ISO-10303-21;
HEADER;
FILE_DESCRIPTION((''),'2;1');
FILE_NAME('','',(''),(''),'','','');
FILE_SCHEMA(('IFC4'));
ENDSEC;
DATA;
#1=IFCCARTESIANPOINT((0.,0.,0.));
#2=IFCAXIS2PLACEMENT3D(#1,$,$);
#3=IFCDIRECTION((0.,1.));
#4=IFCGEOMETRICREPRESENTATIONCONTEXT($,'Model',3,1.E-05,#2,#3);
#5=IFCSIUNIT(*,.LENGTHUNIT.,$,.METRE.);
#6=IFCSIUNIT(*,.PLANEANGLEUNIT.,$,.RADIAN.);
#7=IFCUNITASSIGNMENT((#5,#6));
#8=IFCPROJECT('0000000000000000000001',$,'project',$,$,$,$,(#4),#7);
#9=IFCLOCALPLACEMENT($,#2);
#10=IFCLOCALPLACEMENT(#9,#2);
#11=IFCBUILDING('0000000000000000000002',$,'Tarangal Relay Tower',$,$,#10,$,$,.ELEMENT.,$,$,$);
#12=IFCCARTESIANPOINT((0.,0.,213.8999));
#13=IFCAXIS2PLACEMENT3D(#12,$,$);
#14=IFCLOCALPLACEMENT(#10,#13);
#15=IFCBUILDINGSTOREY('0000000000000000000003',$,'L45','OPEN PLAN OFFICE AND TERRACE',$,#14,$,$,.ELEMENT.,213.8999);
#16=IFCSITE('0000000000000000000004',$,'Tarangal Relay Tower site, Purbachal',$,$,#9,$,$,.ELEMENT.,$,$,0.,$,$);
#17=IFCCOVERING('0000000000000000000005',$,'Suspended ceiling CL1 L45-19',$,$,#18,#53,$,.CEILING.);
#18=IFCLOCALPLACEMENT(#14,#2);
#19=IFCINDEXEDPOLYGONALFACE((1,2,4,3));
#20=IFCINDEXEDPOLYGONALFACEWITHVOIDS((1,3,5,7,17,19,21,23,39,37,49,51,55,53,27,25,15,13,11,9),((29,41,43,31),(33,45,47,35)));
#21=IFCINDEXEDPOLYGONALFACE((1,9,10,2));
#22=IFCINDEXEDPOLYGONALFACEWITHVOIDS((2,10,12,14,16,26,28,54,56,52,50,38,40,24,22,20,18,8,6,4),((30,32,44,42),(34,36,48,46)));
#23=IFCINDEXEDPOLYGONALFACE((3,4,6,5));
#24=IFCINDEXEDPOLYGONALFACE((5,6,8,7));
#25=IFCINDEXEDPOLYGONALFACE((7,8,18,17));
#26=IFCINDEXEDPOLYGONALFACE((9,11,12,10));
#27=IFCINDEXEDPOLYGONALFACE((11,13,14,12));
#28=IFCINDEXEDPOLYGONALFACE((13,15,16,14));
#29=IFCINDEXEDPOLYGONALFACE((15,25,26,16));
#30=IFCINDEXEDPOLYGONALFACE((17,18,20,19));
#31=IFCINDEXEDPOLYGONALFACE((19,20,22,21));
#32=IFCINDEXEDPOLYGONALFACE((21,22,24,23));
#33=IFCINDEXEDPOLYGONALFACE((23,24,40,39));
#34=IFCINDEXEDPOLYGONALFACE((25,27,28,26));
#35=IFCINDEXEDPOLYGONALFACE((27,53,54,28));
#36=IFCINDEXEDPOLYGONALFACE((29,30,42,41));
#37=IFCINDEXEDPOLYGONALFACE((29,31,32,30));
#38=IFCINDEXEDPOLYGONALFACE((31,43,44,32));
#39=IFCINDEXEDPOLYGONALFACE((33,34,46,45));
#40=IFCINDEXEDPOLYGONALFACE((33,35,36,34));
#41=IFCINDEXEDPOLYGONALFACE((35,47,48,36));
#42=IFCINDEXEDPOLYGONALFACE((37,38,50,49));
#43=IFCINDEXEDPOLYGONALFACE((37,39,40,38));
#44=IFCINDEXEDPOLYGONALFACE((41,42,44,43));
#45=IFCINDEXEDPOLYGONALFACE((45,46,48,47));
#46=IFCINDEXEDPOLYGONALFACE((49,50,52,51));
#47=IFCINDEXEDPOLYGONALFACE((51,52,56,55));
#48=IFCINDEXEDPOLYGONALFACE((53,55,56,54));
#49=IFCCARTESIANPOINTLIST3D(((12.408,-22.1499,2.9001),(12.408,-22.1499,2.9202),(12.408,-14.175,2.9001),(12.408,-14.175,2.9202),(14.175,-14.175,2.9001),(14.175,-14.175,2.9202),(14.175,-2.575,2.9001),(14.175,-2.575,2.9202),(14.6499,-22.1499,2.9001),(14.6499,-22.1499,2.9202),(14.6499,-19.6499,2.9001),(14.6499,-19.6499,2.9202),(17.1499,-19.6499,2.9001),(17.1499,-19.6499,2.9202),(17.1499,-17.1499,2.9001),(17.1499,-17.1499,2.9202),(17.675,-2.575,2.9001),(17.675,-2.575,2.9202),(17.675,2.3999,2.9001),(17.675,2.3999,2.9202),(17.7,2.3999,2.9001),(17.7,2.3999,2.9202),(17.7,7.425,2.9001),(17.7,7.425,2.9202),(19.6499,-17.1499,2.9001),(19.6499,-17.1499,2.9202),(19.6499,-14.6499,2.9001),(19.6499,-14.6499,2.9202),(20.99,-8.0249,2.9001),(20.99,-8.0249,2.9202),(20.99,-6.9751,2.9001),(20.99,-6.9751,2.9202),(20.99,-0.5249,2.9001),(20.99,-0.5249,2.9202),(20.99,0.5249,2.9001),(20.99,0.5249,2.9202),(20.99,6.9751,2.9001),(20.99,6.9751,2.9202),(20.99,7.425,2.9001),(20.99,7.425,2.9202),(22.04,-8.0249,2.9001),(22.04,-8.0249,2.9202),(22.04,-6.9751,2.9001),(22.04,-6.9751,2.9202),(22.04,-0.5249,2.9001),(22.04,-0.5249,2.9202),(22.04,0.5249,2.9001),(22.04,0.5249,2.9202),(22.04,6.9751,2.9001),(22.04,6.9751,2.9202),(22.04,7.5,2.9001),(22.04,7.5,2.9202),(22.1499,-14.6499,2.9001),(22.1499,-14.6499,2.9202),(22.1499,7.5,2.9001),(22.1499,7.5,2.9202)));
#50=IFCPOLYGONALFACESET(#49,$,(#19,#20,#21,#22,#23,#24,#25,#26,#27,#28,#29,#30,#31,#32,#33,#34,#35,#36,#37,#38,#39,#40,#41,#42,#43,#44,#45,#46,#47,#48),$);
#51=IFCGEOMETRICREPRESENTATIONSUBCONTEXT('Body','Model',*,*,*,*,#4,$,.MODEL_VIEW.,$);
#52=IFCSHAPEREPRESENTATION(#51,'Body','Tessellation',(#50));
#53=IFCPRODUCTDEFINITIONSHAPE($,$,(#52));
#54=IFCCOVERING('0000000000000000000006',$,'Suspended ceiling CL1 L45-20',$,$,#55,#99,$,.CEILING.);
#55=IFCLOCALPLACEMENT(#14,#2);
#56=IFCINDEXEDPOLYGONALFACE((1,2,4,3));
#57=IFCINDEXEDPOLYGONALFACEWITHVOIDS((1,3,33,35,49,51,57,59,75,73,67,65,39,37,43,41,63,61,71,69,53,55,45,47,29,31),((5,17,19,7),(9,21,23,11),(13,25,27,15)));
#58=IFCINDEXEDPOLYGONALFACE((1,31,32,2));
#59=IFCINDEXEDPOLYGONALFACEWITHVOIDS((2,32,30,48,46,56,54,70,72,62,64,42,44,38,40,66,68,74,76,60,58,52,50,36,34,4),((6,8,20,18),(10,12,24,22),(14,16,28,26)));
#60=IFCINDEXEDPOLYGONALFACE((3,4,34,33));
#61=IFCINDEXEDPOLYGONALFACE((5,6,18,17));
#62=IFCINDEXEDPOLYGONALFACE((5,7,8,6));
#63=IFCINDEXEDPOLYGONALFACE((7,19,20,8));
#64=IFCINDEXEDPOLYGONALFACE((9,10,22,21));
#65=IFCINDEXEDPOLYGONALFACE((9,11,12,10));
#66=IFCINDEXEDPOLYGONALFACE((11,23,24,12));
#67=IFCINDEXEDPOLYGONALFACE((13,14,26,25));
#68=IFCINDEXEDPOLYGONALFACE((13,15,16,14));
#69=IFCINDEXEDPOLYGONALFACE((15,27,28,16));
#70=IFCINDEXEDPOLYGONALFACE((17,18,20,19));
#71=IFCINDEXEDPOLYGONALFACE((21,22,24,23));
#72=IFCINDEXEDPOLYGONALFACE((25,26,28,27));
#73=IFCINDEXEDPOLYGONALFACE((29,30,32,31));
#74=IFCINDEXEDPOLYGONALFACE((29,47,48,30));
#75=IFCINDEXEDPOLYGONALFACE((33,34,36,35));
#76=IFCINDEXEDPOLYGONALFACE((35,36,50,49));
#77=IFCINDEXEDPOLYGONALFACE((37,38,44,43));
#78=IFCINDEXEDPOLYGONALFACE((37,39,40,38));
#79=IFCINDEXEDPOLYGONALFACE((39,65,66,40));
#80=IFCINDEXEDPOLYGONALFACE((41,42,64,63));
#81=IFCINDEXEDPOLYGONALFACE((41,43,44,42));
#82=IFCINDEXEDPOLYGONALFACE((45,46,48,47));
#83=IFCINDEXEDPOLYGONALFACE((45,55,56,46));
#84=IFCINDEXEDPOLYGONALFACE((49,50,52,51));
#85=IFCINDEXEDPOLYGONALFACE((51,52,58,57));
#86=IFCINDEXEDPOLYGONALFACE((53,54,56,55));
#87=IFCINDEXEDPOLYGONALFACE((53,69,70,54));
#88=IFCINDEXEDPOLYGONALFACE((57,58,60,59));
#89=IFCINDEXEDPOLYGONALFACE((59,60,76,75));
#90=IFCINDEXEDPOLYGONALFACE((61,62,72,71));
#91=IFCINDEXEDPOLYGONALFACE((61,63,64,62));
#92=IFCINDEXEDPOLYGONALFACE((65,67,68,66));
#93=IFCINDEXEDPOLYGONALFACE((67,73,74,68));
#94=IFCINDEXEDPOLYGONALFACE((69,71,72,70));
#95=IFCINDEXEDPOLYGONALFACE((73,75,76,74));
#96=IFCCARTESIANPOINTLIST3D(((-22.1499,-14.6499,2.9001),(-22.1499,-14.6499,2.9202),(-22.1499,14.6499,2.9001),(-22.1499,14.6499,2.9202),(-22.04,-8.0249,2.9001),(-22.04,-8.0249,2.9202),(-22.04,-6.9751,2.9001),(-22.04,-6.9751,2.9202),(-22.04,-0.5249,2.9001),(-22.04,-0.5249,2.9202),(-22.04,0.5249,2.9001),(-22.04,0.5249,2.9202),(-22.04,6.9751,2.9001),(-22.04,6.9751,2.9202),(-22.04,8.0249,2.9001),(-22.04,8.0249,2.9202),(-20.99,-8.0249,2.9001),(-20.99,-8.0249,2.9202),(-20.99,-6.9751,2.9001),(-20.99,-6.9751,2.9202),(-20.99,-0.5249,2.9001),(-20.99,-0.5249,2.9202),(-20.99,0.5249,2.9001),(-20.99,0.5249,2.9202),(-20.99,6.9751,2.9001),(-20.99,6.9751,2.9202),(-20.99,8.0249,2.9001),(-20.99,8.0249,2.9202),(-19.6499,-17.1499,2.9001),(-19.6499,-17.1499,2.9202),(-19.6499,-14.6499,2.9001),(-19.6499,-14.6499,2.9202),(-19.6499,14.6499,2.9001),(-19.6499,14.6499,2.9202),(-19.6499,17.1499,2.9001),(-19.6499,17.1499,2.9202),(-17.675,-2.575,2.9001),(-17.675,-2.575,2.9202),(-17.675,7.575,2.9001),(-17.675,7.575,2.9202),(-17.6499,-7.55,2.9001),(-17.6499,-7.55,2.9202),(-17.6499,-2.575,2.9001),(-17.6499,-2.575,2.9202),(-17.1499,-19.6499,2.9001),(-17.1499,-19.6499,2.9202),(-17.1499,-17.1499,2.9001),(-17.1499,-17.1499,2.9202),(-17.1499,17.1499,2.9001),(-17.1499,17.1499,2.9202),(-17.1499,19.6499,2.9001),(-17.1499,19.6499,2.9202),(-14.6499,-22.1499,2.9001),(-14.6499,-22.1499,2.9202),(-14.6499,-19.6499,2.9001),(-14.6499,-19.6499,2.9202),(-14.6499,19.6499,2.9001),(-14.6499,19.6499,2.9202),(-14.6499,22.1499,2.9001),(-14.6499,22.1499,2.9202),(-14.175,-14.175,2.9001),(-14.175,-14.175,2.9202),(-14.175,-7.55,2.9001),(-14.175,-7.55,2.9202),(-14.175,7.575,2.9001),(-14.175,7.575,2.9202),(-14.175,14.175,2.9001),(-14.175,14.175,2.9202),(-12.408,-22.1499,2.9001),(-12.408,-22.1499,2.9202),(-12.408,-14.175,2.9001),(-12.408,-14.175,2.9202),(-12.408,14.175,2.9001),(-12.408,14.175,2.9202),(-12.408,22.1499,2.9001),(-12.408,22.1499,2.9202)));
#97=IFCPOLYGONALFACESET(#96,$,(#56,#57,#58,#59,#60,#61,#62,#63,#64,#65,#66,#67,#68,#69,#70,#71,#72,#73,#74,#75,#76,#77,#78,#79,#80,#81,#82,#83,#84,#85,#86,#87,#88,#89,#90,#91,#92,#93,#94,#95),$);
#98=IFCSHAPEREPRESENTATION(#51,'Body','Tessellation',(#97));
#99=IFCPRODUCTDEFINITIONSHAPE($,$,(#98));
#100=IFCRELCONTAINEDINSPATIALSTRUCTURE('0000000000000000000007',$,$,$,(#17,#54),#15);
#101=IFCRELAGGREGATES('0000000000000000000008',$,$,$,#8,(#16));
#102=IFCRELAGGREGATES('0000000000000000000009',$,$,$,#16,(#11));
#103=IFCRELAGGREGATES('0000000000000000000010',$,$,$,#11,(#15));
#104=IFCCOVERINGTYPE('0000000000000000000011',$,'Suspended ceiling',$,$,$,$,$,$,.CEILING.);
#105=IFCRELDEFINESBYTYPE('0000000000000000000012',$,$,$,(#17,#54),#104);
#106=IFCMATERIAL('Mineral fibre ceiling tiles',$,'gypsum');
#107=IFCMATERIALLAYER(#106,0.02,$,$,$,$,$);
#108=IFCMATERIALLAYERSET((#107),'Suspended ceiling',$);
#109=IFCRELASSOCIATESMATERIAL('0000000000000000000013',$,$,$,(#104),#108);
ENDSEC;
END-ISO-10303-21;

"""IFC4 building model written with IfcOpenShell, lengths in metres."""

from ifc_helpers import new_model, si_unit, direction, frame, origin, place, context, subcontext, project, spatial, polyline, outline, extrude, material, layer, layer_set, type_object, element, save


model = new_model("IFC4")

# Units and contexts
model_context = context("Model", 3, precision=1e-05, world=origin(), true_north=direction((0.0, 1.0)))
body_context = subcontext(model_context, "Body", "Model", "MODEL_VIEW")
ifc_project = project(units=[si_unit("LENGTHUNIT", "METRE"), si_unit("PLANEANGLEUNIT", "RADIAN")], contexts=[model_context])

# Site, building, storey
site_placement = place(None, origin())
site = spatial("IfcSite", under=ifc_project, at=site_placement, Name="Tarangal Relay Tower site, Purbachal", CompositionType="ELEMENT", RefElevation=0.0)
building_placement = place(site_placement, origin())
building = spatial("IfcBuilding", under=site, at=building_placement, Name="Tarangal Relay Tower", CompositionType="ELEMENT")
storey_placement = place(building_placement, frame((0.0, 0.0, 213.8999)))
storey = spatial("IfcBuildingStorey", under=building, at=storey_placement, Name="L45", Description="OPEN PLAN OFFICE AND TERRACE", CompositionType="ELEMENT", Elevation=213.8999)

# Coverings
ifc_material_1 = material(Name="Mineral fibre ceiling tiles", Category="gypsum")
ifc_layer_1 = layer(ifc_material_1, 0.02)
ifc_layer_set_1 = layer_set([ifc_layer_1], Name="Suspended ceiling")
covering_type = type_object("IfcCoveringType", Name="Suspended ceiling", PredefinedType="CEILING", material=ifc_layer_set_1)
covering_1_placement = place(storey_placement, frame((0.0, 0.0, 2.9001)))
element("IfcCovering", 1, at=covering_1_placement, inside=storey, type_object=covering_type, Name="Suspended ceiling CL1 L45-19", PredefinedType="CEILING", context=body_context, shape_type="SweptSolid", body=[
    extrude(outline(polyline([(22.1499, 7.5), (22.04, 7.5), (22.04, 6.9751), (20.99, 6.9751), (20.99, 7.425), (17.7, 7.425), (17.7, 2.3999), (17.675, 2.3999), (17.675, -2.575), (14.175, -2.575), (14.175, -14.175), (12.408, -14.175), (12.408, -22.1499), (14.6499, -22.1499), (14.6499, -19.6499), (17.1499, -19.6499), (17.1499, -17.1499), (19.6499, -17.1499), (19.6499, -14.6499), (22.1499, -14.6499), (22.1499, 7.5)]), holes=[polyline([(22.04, -8.0249), (22.04, -6.9751), (20.99, -6.9751), (20.99, -8.0249), (22.04, -8.0249)]), polyline([(20.99, -0.5249), (22.04, -0.5249), (22.04, 0.5249), (20.99, 0.5249), (20.99, -0.5249)])]), origin(), (0.0, 0.0, 1.0), 0.02),
])
covering_2_placement = place(storey_placement, frame((0.0, 0.0, 2.9001)))
element("IfcCovering", 2, at=covering_2_placement, inside=storey, type_object=covering_type, Name="Suspended ceiling CL1 L45-20", PredefinedType="CEILING", context=body_context, shape_type="SweptSolid", body=[
    extrude(outline(polyline([(-14.6499, -22.1499), (-12.408, -22.1499), (-12.408, -14.175), (-14.175, -14.175), (-14.175, -7.55), (-17.6499, -7.55), (-17.6499, -2.575), (-17.675, -2.575), (-17.675, 7.575), (-14.175, 7.575), (-14.175, 14.175), (-12.408, 14.175), (-12.408, 22.1499), (-14.6499, 22.1499), (-14.6499, 19.6499), (-17.1499, 19.6499), (-17.1499, 17.1499), (-19.6499, 17.1499), (-19.6499, 14.6499), (-22.1499, 14.6499), (-22.1499, -14.6499), (-19.6499, -14.6499), (-19.6499, -17.1499), (-17.1499, -17.1499), (-17.1499, -19.6499), (-14.6499, -19.6499), (-14.6499, -22.1499)]), holes=[polyline([(-20.99, -8.0249), (-20.99, -6.9751), (-22.04, -6.9751), (-22.04, -8.0249), (-20.99, -8.0249)]), polyline([(-22.04, -0.5249), (-20.99, -0.5249), (-20.99, 0.5249), (-22.04, 0.5249), (-22.04, -0.5249)]), polyline([(-22.04, 6.9751), (-20.99, 6.9751), (-20.99, 8.0249), (-22.04, 8.0249), (-22.04, 6.9751)])]), origin(), (0.0, 0.0, 1.0), 0.02),
])

save(model, "model.ifc")
